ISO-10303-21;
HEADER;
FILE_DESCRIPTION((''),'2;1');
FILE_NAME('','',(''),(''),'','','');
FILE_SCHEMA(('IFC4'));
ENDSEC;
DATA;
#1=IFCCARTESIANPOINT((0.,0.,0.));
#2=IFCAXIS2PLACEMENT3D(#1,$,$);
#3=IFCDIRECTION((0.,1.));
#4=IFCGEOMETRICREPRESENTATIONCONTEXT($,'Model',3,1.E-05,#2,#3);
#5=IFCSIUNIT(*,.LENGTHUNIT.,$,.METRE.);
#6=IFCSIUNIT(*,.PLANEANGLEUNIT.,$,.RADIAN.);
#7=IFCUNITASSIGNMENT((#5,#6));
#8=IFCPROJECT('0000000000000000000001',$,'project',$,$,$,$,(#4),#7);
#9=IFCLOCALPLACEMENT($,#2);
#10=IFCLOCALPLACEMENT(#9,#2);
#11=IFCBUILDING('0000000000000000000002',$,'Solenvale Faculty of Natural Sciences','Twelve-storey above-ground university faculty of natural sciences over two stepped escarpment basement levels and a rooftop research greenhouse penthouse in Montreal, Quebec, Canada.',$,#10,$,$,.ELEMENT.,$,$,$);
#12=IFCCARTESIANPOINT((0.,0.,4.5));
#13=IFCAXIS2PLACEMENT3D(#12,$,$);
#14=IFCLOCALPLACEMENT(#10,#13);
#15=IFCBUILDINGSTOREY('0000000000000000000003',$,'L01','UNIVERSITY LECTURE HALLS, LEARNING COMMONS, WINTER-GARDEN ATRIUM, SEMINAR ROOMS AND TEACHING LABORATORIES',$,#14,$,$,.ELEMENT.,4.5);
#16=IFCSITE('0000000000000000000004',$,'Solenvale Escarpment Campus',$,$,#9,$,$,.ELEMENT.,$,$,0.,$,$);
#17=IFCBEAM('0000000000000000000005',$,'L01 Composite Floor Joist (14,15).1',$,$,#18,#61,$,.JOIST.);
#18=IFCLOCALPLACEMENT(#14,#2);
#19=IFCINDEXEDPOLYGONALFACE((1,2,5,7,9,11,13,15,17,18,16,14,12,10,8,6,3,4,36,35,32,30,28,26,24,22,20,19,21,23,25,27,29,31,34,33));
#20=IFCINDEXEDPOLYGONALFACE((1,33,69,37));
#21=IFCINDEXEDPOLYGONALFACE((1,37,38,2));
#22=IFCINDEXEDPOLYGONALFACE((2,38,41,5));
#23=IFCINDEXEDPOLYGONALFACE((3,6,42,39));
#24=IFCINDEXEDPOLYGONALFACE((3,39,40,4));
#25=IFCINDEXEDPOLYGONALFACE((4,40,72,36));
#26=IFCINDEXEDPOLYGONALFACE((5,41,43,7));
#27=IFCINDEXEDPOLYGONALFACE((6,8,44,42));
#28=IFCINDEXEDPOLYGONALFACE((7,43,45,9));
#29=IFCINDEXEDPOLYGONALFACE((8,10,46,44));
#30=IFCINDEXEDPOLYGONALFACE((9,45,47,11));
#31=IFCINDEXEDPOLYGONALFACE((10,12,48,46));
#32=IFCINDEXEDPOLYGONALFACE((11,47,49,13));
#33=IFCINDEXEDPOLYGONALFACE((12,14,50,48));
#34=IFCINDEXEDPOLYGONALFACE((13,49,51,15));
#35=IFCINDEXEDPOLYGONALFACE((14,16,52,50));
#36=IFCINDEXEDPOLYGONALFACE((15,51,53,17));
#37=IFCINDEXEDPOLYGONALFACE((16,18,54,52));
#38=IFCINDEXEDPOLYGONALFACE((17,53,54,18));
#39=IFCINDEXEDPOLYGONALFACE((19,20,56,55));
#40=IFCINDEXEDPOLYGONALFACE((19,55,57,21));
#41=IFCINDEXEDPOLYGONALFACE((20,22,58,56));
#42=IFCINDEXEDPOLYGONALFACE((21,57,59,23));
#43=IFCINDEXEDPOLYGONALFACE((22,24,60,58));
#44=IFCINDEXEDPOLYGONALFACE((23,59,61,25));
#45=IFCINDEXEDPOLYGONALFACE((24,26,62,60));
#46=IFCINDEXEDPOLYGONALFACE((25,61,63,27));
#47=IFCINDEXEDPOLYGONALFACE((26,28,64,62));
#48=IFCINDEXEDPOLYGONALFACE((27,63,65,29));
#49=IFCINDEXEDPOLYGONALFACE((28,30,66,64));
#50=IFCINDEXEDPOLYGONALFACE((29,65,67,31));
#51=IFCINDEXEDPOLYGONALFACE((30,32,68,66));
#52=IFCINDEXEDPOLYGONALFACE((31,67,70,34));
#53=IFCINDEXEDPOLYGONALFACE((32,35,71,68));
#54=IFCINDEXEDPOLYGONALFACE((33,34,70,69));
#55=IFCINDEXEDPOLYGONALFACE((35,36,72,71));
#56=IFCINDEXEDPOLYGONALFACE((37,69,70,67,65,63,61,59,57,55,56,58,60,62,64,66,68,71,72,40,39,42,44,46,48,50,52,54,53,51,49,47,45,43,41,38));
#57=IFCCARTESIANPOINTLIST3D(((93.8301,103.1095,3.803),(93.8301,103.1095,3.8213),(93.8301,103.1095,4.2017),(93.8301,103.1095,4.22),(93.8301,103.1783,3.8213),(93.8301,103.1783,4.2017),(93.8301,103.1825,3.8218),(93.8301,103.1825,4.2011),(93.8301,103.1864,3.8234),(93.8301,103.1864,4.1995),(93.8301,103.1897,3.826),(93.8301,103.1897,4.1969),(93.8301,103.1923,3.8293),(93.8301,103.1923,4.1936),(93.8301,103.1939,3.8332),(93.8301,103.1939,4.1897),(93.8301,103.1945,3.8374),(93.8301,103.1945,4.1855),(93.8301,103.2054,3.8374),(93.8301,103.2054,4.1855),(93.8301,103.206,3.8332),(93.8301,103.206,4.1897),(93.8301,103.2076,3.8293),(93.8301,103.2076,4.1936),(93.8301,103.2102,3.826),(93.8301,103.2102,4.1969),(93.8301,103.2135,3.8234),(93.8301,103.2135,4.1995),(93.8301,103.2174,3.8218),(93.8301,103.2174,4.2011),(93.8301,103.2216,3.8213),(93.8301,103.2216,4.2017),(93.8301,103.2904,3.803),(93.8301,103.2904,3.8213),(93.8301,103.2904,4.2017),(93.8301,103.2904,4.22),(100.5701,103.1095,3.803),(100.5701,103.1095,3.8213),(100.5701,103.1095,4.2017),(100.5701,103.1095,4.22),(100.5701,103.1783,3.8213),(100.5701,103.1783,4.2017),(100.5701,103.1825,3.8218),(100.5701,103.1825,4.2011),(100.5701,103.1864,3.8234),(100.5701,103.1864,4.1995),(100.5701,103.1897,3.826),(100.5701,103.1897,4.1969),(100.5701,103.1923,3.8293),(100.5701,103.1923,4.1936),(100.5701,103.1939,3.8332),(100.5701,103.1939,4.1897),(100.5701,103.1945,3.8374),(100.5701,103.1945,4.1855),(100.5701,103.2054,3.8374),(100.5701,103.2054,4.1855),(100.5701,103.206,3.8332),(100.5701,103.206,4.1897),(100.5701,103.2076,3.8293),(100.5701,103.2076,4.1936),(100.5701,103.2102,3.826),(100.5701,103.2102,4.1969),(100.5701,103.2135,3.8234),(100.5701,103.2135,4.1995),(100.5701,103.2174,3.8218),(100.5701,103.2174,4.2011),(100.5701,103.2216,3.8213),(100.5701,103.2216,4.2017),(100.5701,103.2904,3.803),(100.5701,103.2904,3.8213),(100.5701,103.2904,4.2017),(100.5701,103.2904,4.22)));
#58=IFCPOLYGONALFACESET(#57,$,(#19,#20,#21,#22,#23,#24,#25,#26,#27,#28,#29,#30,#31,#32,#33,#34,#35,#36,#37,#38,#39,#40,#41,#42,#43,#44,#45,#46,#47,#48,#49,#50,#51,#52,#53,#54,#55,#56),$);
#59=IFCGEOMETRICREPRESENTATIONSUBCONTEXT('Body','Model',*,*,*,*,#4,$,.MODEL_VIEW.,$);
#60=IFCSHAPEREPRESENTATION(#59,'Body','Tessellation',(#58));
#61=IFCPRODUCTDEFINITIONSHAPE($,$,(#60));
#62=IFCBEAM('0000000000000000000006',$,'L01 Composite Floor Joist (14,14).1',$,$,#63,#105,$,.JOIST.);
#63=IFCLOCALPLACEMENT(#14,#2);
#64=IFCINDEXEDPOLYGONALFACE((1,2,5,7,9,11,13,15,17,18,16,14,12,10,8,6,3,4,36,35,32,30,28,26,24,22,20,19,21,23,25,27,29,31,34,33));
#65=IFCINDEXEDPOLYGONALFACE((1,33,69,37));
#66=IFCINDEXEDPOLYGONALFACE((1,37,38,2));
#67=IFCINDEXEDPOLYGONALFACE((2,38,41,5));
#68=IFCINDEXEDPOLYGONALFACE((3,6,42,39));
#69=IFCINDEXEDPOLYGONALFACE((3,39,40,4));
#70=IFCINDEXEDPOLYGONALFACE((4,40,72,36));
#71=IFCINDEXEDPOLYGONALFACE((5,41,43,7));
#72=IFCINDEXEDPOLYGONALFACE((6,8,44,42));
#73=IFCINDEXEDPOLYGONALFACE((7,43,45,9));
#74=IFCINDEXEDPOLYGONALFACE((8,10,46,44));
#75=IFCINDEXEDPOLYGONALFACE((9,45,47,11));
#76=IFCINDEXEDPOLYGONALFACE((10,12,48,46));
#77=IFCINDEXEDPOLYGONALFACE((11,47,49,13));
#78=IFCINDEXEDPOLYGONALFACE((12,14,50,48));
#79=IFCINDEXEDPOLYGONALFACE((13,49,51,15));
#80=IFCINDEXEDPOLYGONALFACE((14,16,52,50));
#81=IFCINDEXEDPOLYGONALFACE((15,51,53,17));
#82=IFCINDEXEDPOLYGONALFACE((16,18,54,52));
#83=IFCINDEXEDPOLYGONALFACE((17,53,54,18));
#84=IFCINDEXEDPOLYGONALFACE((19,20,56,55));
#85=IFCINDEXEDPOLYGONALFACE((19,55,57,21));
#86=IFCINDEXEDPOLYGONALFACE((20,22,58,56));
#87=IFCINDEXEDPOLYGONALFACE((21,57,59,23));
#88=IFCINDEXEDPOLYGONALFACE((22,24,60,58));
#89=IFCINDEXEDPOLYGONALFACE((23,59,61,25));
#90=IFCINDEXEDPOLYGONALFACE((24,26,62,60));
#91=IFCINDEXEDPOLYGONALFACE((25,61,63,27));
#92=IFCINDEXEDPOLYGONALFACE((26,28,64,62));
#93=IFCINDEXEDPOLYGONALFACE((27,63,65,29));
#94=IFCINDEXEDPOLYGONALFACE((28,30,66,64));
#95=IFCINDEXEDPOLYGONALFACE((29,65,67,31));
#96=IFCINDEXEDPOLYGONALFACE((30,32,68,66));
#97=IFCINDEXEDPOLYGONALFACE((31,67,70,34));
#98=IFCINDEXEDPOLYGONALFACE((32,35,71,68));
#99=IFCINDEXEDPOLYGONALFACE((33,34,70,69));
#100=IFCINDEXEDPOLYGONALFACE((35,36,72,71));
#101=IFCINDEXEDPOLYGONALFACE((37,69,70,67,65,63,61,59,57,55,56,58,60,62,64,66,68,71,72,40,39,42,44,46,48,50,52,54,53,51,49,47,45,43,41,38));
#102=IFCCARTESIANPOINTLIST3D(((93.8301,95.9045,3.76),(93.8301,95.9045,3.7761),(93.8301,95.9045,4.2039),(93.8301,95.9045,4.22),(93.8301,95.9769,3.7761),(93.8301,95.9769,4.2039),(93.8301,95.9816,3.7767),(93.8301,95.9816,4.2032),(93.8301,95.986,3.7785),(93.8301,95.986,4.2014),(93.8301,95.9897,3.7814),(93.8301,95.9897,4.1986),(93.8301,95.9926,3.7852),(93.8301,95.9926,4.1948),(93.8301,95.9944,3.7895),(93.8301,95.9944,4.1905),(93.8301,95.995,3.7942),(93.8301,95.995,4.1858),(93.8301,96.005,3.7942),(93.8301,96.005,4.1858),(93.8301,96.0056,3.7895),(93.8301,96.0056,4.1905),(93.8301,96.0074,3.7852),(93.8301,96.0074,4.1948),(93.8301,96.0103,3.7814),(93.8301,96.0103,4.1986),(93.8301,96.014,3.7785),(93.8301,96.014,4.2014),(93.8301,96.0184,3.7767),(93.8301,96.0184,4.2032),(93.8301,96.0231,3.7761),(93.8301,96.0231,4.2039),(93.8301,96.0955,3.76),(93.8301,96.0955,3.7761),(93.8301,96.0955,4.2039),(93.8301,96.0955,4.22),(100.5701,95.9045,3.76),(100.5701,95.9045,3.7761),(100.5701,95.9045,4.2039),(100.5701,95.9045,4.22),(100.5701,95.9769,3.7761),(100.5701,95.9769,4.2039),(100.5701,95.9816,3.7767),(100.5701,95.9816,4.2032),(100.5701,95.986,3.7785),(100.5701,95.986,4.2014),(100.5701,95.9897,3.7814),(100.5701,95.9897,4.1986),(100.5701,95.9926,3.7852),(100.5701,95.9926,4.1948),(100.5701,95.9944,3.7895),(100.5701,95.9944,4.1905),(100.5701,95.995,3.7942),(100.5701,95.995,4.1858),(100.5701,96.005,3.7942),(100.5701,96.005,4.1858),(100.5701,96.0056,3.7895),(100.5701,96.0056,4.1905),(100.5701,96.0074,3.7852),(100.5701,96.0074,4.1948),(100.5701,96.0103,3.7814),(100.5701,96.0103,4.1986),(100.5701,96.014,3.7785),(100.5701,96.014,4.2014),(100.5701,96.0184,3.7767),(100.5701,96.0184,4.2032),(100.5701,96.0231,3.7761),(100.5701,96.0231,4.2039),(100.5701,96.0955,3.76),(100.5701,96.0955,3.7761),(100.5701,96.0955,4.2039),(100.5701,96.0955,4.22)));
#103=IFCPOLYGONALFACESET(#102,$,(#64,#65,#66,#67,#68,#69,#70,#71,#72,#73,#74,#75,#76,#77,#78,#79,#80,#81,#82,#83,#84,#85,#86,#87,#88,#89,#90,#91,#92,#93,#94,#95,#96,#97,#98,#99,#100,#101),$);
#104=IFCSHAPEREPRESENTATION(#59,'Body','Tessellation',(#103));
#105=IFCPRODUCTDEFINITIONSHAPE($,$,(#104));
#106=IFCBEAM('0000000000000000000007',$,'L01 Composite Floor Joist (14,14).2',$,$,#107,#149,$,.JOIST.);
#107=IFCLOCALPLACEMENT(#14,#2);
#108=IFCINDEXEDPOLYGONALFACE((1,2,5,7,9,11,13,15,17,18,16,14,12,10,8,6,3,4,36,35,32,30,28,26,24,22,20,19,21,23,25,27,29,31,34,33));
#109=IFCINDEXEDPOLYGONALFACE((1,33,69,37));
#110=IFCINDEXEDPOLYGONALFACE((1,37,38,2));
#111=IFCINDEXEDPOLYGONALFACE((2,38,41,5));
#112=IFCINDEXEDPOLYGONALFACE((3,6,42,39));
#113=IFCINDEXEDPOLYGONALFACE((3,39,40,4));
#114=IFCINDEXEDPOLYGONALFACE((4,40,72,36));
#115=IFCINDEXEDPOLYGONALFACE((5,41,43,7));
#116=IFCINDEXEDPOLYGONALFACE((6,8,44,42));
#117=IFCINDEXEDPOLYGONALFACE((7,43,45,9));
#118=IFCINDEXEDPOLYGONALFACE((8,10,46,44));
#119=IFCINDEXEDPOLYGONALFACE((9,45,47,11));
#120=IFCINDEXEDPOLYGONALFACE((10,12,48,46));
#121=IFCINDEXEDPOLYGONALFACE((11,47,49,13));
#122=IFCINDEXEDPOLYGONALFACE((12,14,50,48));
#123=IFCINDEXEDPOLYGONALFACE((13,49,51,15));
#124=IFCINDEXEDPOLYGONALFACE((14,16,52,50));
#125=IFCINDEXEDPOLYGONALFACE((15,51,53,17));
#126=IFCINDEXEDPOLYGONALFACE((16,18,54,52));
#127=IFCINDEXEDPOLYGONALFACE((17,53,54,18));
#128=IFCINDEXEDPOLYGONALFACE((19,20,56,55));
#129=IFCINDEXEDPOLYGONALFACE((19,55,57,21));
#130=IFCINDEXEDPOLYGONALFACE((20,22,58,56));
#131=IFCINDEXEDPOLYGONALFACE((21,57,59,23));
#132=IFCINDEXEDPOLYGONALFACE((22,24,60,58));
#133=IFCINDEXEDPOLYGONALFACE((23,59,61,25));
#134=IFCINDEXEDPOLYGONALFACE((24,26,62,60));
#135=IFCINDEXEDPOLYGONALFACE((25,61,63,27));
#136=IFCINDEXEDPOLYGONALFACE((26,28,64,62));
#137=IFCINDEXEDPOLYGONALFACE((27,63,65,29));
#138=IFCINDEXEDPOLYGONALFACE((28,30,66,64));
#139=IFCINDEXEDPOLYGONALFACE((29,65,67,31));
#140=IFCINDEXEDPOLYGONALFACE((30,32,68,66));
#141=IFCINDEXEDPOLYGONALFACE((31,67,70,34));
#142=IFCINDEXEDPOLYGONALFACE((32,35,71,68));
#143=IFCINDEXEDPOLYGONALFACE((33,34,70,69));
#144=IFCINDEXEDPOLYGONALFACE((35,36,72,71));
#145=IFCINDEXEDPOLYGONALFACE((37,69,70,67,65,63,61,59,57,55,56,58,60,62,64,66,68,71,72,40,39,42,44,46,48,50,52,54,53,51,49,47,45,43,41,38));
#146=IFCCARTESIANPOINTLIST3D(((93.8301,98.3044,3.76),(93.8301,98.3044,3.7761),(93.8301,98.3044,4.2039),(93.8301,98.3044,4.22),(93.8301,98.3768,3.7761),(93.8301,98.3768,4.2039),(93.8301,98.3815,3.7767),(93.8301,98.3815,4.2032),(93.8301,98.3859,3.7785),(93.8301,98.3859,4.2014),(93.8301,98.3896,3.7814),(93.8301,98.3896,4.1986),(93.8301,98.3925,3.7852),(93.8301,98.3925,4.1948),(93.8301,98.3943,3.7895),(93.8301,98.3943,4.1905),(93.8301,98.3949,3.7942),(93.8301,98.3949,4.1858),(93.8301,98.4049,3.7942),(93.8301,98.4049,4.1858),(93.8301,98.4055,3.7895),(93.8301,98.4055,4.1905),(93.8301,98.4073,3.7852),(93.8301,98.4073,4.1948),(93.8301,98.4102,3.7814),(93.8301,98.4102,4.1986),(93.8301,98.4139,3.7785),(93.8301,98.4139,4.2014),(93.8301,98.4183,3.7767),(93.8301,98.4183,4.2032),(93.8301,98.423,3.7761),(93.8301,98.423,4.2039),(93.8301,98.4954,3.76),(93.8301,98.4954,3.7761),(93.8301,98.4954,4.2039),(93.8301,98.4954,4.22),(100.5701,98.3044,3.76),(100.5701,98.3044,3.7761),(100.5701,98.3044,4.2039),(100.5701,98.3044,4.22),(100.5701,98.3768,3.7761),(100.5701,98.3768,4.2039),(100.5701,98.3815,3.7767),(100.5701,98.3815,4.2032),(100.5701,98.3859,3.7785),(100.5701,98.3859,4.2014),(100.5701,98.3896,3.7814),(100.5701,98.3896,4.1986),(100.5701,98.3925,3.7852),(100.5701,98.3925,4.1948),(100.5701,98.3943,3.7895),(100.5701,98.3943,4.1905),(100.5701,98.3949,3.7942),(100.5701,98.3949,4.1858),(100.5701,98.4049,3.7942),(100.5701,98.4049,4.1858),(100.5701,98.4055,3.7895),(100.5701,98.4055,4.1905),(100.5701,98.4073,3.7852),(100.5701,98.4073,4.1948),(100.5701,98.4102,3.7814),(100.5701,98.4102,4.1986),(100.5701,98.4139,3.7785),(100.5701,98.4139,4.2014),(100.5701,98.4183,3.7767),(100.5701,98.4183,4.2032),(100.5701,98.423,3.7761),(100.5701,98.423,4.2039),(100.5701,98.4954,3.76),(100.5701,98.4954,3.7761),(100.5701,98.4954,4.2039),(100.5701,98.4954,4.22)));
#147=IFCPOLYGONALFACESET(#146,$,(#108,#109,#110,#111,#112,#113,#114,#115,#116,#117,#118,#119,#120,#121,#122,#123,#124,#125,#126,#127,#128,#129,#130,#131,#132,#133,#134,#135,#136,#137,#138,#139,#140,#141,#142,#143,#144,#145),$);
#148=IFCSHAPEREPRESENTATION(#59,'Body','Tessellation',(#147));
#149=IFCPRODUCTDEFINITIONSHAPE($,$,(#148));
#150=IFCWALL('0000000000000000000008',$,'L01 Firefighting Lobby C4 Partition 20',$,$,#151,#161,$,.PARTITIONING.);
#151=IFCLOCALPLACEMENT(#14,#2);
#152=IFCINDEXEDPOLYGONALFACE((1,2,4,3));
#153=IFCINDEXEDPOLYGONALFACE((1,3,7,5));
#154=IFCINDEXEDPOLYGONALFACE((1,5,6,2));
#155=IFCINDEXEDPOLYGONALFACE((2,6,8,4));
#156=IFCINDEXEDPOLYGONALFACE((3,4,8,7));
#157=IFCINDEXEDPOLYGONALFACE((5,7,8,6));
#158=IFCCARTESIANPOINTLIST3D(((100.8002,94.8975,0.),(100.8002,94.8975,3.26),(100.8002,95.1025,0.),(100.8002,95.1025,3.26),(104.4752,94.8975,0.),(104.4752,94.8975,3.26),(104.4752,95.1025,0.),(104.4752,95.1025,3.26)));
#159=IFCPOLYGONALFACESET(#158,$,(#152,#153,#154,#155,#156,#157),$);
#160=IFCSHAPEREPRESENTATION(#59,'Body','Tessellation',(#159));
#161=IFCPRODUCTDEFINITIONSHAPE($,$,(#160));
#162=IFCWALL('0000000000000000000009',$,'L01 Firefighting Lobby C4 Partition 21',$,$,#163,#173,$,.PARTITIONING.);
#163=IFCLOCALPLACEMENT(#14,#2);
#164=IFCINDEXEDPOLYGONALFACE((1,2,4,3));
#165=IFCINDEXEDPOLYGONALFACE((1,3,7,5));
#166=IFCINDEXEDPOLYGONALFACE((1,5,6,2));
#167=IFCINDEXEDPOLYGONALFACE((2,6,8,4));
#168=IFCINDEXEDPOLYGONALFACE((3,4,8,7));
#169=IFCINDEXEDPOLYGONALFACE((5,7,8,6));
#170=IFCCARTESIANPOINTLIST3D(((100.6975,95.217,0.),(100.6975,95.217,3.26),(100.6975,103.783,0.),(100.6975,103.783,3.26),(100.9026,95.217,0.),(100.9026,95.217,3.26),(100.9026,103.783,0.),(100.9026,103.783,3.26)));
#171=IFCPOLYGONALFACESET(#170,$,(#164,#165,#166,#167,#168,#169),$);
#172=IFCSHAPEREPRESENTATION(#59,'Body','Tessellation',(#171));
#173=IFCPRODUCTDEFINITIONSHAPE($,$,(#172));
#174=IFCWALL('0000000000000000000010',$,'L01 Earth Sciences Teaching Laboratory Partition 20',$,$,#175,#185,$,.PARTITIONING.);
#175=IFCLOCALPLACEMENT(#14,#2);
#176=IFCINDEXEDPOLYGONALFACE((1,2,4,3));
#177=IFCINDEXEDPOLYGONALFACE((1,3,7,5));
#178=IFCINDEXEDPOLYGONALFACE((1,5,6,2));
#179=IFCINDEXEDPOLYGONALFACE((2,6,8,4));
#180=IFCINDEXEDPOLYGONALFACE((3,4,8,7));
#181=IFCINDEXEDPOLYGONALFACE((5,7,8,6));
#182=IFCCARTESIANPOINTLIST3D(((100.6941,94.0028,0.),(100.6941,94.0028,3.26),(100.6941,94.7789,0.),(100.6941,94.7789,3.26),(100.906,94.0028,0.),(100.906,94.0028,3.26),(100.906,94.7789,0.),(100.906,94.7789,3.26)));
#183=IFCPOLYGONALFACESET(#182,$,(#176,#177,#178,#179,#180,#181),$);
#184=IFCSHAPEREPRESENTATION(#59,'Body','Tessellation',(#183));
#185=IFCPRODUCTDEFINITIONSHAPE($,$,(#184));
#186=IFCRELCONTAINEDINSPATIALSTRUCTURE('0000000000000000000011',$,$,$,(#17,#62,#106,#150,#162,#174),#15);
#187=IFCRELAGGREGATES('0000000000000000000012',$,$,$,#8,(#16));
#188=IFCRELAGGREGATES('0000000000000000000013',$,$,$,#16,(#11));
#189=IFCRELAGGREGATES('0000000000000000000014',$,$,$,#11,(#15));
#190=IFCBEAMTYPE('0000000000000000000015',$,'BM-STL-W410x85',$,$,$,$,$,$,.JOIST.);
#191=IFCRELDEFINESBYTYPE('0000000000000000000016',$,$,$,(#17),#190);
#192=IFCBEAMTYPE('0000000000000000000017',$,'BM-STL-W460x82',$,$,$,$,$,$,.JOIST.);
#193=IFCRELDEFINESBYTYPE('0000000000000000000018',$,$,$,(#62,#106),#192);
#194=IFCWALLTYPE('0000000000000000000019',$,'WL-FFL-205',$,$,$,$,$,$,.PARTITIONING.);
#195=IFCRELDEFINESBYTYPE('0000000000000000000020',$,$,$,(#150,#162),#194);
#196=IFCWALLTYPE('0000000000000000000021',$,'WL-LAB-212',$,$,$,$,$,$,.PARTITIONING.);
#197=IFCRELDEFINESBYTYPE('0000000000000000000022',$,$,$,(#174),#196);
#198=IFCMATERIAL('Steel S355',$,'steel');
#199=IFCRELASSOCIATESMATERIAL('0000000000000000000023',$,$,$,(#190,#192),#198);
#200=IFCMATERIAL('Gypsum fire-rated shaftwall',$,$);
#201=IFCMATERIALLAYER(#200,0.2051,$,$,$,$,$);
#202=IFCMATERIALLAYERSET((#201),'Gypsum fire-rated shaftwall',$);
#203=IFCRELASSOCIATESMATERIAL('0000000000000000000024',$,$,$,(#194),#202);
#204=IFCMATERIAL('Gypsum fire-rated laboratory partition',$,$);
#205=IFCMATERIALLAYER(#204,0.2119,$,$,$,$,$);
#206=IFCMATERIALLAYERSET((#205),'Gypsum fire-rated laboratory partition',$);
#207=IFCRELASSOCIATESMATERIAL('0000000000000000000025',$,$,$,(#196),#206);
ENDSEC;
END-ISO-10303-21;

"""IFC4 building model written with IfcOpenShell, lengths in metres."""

from ifc_helpers import new_model, si_unit, direction, frame, frame_2d, origin, origin_2d, place, context, subcontext, project, spatial, rectangle, i_section, extrude, material, layer, layer_set, material_profile, profile_set, type_object, element, save


model = new_model("IFC4")

# Units and contexts
model_context = context("Model", 3, precision=1e-05, world=origin(), true_north=direction((0.0, 1.0)))
body_context = subcontext(model_context, "Body", "Model", "MODEL_VIEW")
ifc_project = project(units=[si_unit("LENGTHUNIT", "METRE"), si_unit("PLANEANGLEUNIT", "RADIAN")], contexts=[model_context])

# Site, building, storey
site_placement = place(None, origin())
site = spatial("IfcSite", under=ifc_project, at=site_placement, Name="Solenvale Escarpment Campus", CompositionType="ELEMENT", RefElevation=0.0)
building_placement = place(site_placement, origin())
building = spatial("IfcBuilding", under=site, at=building_placement, Name="Solenvale Faculty of Natural Sciences", Description="Twelve-storey above-ground university faculty of natural sciences over two stepped escarpment basement levels and a rooftop research greenhouse penthouse in Montreal, Quebec, Canada.", CompositionType="ELEMENT")
storey_placement = place(building_placement, frame((0.0, 0.0, 4.5)))
storey = spatial("IfcBuildingStorey", under=building, at=storey_placement, Name="L01", Description="UNIVERSITY LECTURE HALLS, LEARNING COMMONS, WINTER-GARDEN ATRIUM, SEMINAR ROOMS AND TEACHING LABORATORIES", CompositionType="ELEMENT", Elevation=4.5)

# Beams
ifc_material_1 = material(Name="Steel S355", Category="steel")
ifc_material_profile_1 = material_profile(ifc_material_1, i_section(OverallWidth=0.1809, OverallDepth=0.417, WebThickness=0.011, FlangeThickness=0.0183, FilletRadius=0.0161, at=origin_2d()), Name="W410x85")
ifc_profile_set_1 = profile_set([ifc_material_profile_1], Name="Steel S355")
beam_type_1 = type_object("IfcBeamType", Name="BM-STL-W410x85", PredefinedType="JOIST", material=ifc_profile_set_1)
beam_1_placement = place(storey_placement, frame((93.8301, 103.2, 4.0115), z_axis=(1.0, 0.0, 0.0), x_axis=(0.0, 1.0, 0.0)))
element("IfcBeam", 1, at=beam_1_placement, inside=storey, type_object=beam_type_1, Name="L01 Composite Floor Joist (14,15).1", PredefinedType="JOIST", context=body_context, shape_type="SweptSolid", body=[
    extrude(i_section(OverallWidth=0.1809, OverallDepth=0.417, WebThickness=0.011, FlangeThickness=0.0183, FilletRadius=0.0161, at=origin_2d()), origin(), (0.0, 0.0, 1.0), 6.74),
])
ifc_material_profile_2 = material_profile(ifc_material_1, i_section(OverallWidth=0.1909, OverallDepth=0.46, WebThickness=0.01, FlangeThickness=0.0161, FilletRadius=0.0181, at=origin_2d()), Name="W460x82")
ifc_profile_set_2 = profile_set([ifc_material_profile_2], Name="Steel S355")
beam_type_2 = type_object("IfcBeamType", Name="BM-STL-W460x82", PredefinedType="JOIST", material=ifc_profile_set_2)
for number, where, z_axis, x_axis, name in (
    (2, (93.8301, 96.0, 3.99), (1.0, 0.0, 0.0), (0.0, 1.0, 0.0), "L01 Composite Floor Joist (14,14).1"),
    (3, (93.8301, 98.3999, 3.99), (1.0, 0.0, 0.0), (0.0, 1.0, 0.0), "L01 Composite Floor Joist (14,14).2"),
):
    element("IfcBeam", number, at=place(storey_placement, frame(where, z_axis=z_axis, x_axis=x_axis)), inside=storey, type_object=beam_type_2, Name=name, PredefinedType="JOIST", context=body_context, shape_type="SweptSolid", body=[
        extrude(i_section(OverallWidth=0.1909, OverallDepth=0.46, WebThickness=0.01, FlangeThickness=0.0161, FilletRadius=0.0181, at=origin_2d()), origin(), (0.0, 0.0, 1.0), 6.74),
    ])

# Walls
ifc_material_2 = material(Name="Gypsum fire-rated shaftwall")
ifc_layer_1 = layer(ifc_material_2, 0.2051)
ifc_layer_set_1 = layer_set([ifc_layer_1], Name="Gypsum fire-rated shaftwall")
wall_type_1 = type_object("IfcWallType", Name="WL-FFL-205", PredefinedType="PARTITIONING", material=ifc_layer_set_1)
wall_1_placement = place(storey_placement, frame((104.4751, 95.0, 0.0), z_axis=(0.0, 0.0, 1.0), x_axis=(-1.0, 0.0, 0.0)))
element("IfcWall", 4, at=wall_1_placement, inside=storey, type_object=wall_type_1, Name="L01 Firefighting Lobby C4 Partition 20", PredefinedType="PARTITIONING", context=body_context, shape_type="SweptSolid", body=[
    extrude(rectangle(XDim=3.675, YDim=0.2051, at=frame_2d((1.8374, 0.0))), origin(), (0.0, 0.0, 1.0), 3.26),
])
wall_2_placement = place(storey_placement, frame((100.8, 95.217, 0.0), z_axis=(0.0, 0.0, 1.0), x_axis=(0.0, 1.0, 0.0)))
element("IfcWall", 5, at=wall_2_placement, inside=storey, type_object=wall_type_1, Name="L01 Firefighting Lobby C4 Partition 21", PredefinedType="PARTITIONING", context=body_context, shape_type="SweptSolid", body=[
    extrude(rectangle(XDim=8.5659, YDim=0.2051, at=frame_2d((4.283, 0.0))), origin(), (0.0, 0.0, 1.0), 3.26),
])
ifc_material_3 = material(Name="Gypsum fire-rated laboratory partition")
ifc_layer_2 = layer(ifc_material_3, 0.2119)
ifc_layer_set_2 = layer_set([ifc_layer_2], Name="Gypsum fire-rated laboratory partition")
wall_type_2 = type_object("IfcWallType", Name="WL-LAB-212", PredefinedType="PARTITIONING", material=ifc_layer_set_2)
wall_3_placement = place(storey_placement, frame((100.8, 94.7791, 0.0), z_axis=(0.0, 0.0, 1.0), x_axis=(0.0, -1.0, 0.0)))
element("IfcWall", 6, at=wall_3_placement, inside=storey, type_object=wall_type_2, Name="L01 Earth Sciences Teaching Laboratory Partition 20", PredefinedType="PARTITIONING", context=body_context, shape_type="SweptSolid", body=[
    extrude(rectangle(XDim=0.7761, YDim=0.2119, at=frame_2d((0.3882, 0.0))), origin(), (0.0, 0.0, 1.0), 3.26),
])

save(model, "model.ifc")
